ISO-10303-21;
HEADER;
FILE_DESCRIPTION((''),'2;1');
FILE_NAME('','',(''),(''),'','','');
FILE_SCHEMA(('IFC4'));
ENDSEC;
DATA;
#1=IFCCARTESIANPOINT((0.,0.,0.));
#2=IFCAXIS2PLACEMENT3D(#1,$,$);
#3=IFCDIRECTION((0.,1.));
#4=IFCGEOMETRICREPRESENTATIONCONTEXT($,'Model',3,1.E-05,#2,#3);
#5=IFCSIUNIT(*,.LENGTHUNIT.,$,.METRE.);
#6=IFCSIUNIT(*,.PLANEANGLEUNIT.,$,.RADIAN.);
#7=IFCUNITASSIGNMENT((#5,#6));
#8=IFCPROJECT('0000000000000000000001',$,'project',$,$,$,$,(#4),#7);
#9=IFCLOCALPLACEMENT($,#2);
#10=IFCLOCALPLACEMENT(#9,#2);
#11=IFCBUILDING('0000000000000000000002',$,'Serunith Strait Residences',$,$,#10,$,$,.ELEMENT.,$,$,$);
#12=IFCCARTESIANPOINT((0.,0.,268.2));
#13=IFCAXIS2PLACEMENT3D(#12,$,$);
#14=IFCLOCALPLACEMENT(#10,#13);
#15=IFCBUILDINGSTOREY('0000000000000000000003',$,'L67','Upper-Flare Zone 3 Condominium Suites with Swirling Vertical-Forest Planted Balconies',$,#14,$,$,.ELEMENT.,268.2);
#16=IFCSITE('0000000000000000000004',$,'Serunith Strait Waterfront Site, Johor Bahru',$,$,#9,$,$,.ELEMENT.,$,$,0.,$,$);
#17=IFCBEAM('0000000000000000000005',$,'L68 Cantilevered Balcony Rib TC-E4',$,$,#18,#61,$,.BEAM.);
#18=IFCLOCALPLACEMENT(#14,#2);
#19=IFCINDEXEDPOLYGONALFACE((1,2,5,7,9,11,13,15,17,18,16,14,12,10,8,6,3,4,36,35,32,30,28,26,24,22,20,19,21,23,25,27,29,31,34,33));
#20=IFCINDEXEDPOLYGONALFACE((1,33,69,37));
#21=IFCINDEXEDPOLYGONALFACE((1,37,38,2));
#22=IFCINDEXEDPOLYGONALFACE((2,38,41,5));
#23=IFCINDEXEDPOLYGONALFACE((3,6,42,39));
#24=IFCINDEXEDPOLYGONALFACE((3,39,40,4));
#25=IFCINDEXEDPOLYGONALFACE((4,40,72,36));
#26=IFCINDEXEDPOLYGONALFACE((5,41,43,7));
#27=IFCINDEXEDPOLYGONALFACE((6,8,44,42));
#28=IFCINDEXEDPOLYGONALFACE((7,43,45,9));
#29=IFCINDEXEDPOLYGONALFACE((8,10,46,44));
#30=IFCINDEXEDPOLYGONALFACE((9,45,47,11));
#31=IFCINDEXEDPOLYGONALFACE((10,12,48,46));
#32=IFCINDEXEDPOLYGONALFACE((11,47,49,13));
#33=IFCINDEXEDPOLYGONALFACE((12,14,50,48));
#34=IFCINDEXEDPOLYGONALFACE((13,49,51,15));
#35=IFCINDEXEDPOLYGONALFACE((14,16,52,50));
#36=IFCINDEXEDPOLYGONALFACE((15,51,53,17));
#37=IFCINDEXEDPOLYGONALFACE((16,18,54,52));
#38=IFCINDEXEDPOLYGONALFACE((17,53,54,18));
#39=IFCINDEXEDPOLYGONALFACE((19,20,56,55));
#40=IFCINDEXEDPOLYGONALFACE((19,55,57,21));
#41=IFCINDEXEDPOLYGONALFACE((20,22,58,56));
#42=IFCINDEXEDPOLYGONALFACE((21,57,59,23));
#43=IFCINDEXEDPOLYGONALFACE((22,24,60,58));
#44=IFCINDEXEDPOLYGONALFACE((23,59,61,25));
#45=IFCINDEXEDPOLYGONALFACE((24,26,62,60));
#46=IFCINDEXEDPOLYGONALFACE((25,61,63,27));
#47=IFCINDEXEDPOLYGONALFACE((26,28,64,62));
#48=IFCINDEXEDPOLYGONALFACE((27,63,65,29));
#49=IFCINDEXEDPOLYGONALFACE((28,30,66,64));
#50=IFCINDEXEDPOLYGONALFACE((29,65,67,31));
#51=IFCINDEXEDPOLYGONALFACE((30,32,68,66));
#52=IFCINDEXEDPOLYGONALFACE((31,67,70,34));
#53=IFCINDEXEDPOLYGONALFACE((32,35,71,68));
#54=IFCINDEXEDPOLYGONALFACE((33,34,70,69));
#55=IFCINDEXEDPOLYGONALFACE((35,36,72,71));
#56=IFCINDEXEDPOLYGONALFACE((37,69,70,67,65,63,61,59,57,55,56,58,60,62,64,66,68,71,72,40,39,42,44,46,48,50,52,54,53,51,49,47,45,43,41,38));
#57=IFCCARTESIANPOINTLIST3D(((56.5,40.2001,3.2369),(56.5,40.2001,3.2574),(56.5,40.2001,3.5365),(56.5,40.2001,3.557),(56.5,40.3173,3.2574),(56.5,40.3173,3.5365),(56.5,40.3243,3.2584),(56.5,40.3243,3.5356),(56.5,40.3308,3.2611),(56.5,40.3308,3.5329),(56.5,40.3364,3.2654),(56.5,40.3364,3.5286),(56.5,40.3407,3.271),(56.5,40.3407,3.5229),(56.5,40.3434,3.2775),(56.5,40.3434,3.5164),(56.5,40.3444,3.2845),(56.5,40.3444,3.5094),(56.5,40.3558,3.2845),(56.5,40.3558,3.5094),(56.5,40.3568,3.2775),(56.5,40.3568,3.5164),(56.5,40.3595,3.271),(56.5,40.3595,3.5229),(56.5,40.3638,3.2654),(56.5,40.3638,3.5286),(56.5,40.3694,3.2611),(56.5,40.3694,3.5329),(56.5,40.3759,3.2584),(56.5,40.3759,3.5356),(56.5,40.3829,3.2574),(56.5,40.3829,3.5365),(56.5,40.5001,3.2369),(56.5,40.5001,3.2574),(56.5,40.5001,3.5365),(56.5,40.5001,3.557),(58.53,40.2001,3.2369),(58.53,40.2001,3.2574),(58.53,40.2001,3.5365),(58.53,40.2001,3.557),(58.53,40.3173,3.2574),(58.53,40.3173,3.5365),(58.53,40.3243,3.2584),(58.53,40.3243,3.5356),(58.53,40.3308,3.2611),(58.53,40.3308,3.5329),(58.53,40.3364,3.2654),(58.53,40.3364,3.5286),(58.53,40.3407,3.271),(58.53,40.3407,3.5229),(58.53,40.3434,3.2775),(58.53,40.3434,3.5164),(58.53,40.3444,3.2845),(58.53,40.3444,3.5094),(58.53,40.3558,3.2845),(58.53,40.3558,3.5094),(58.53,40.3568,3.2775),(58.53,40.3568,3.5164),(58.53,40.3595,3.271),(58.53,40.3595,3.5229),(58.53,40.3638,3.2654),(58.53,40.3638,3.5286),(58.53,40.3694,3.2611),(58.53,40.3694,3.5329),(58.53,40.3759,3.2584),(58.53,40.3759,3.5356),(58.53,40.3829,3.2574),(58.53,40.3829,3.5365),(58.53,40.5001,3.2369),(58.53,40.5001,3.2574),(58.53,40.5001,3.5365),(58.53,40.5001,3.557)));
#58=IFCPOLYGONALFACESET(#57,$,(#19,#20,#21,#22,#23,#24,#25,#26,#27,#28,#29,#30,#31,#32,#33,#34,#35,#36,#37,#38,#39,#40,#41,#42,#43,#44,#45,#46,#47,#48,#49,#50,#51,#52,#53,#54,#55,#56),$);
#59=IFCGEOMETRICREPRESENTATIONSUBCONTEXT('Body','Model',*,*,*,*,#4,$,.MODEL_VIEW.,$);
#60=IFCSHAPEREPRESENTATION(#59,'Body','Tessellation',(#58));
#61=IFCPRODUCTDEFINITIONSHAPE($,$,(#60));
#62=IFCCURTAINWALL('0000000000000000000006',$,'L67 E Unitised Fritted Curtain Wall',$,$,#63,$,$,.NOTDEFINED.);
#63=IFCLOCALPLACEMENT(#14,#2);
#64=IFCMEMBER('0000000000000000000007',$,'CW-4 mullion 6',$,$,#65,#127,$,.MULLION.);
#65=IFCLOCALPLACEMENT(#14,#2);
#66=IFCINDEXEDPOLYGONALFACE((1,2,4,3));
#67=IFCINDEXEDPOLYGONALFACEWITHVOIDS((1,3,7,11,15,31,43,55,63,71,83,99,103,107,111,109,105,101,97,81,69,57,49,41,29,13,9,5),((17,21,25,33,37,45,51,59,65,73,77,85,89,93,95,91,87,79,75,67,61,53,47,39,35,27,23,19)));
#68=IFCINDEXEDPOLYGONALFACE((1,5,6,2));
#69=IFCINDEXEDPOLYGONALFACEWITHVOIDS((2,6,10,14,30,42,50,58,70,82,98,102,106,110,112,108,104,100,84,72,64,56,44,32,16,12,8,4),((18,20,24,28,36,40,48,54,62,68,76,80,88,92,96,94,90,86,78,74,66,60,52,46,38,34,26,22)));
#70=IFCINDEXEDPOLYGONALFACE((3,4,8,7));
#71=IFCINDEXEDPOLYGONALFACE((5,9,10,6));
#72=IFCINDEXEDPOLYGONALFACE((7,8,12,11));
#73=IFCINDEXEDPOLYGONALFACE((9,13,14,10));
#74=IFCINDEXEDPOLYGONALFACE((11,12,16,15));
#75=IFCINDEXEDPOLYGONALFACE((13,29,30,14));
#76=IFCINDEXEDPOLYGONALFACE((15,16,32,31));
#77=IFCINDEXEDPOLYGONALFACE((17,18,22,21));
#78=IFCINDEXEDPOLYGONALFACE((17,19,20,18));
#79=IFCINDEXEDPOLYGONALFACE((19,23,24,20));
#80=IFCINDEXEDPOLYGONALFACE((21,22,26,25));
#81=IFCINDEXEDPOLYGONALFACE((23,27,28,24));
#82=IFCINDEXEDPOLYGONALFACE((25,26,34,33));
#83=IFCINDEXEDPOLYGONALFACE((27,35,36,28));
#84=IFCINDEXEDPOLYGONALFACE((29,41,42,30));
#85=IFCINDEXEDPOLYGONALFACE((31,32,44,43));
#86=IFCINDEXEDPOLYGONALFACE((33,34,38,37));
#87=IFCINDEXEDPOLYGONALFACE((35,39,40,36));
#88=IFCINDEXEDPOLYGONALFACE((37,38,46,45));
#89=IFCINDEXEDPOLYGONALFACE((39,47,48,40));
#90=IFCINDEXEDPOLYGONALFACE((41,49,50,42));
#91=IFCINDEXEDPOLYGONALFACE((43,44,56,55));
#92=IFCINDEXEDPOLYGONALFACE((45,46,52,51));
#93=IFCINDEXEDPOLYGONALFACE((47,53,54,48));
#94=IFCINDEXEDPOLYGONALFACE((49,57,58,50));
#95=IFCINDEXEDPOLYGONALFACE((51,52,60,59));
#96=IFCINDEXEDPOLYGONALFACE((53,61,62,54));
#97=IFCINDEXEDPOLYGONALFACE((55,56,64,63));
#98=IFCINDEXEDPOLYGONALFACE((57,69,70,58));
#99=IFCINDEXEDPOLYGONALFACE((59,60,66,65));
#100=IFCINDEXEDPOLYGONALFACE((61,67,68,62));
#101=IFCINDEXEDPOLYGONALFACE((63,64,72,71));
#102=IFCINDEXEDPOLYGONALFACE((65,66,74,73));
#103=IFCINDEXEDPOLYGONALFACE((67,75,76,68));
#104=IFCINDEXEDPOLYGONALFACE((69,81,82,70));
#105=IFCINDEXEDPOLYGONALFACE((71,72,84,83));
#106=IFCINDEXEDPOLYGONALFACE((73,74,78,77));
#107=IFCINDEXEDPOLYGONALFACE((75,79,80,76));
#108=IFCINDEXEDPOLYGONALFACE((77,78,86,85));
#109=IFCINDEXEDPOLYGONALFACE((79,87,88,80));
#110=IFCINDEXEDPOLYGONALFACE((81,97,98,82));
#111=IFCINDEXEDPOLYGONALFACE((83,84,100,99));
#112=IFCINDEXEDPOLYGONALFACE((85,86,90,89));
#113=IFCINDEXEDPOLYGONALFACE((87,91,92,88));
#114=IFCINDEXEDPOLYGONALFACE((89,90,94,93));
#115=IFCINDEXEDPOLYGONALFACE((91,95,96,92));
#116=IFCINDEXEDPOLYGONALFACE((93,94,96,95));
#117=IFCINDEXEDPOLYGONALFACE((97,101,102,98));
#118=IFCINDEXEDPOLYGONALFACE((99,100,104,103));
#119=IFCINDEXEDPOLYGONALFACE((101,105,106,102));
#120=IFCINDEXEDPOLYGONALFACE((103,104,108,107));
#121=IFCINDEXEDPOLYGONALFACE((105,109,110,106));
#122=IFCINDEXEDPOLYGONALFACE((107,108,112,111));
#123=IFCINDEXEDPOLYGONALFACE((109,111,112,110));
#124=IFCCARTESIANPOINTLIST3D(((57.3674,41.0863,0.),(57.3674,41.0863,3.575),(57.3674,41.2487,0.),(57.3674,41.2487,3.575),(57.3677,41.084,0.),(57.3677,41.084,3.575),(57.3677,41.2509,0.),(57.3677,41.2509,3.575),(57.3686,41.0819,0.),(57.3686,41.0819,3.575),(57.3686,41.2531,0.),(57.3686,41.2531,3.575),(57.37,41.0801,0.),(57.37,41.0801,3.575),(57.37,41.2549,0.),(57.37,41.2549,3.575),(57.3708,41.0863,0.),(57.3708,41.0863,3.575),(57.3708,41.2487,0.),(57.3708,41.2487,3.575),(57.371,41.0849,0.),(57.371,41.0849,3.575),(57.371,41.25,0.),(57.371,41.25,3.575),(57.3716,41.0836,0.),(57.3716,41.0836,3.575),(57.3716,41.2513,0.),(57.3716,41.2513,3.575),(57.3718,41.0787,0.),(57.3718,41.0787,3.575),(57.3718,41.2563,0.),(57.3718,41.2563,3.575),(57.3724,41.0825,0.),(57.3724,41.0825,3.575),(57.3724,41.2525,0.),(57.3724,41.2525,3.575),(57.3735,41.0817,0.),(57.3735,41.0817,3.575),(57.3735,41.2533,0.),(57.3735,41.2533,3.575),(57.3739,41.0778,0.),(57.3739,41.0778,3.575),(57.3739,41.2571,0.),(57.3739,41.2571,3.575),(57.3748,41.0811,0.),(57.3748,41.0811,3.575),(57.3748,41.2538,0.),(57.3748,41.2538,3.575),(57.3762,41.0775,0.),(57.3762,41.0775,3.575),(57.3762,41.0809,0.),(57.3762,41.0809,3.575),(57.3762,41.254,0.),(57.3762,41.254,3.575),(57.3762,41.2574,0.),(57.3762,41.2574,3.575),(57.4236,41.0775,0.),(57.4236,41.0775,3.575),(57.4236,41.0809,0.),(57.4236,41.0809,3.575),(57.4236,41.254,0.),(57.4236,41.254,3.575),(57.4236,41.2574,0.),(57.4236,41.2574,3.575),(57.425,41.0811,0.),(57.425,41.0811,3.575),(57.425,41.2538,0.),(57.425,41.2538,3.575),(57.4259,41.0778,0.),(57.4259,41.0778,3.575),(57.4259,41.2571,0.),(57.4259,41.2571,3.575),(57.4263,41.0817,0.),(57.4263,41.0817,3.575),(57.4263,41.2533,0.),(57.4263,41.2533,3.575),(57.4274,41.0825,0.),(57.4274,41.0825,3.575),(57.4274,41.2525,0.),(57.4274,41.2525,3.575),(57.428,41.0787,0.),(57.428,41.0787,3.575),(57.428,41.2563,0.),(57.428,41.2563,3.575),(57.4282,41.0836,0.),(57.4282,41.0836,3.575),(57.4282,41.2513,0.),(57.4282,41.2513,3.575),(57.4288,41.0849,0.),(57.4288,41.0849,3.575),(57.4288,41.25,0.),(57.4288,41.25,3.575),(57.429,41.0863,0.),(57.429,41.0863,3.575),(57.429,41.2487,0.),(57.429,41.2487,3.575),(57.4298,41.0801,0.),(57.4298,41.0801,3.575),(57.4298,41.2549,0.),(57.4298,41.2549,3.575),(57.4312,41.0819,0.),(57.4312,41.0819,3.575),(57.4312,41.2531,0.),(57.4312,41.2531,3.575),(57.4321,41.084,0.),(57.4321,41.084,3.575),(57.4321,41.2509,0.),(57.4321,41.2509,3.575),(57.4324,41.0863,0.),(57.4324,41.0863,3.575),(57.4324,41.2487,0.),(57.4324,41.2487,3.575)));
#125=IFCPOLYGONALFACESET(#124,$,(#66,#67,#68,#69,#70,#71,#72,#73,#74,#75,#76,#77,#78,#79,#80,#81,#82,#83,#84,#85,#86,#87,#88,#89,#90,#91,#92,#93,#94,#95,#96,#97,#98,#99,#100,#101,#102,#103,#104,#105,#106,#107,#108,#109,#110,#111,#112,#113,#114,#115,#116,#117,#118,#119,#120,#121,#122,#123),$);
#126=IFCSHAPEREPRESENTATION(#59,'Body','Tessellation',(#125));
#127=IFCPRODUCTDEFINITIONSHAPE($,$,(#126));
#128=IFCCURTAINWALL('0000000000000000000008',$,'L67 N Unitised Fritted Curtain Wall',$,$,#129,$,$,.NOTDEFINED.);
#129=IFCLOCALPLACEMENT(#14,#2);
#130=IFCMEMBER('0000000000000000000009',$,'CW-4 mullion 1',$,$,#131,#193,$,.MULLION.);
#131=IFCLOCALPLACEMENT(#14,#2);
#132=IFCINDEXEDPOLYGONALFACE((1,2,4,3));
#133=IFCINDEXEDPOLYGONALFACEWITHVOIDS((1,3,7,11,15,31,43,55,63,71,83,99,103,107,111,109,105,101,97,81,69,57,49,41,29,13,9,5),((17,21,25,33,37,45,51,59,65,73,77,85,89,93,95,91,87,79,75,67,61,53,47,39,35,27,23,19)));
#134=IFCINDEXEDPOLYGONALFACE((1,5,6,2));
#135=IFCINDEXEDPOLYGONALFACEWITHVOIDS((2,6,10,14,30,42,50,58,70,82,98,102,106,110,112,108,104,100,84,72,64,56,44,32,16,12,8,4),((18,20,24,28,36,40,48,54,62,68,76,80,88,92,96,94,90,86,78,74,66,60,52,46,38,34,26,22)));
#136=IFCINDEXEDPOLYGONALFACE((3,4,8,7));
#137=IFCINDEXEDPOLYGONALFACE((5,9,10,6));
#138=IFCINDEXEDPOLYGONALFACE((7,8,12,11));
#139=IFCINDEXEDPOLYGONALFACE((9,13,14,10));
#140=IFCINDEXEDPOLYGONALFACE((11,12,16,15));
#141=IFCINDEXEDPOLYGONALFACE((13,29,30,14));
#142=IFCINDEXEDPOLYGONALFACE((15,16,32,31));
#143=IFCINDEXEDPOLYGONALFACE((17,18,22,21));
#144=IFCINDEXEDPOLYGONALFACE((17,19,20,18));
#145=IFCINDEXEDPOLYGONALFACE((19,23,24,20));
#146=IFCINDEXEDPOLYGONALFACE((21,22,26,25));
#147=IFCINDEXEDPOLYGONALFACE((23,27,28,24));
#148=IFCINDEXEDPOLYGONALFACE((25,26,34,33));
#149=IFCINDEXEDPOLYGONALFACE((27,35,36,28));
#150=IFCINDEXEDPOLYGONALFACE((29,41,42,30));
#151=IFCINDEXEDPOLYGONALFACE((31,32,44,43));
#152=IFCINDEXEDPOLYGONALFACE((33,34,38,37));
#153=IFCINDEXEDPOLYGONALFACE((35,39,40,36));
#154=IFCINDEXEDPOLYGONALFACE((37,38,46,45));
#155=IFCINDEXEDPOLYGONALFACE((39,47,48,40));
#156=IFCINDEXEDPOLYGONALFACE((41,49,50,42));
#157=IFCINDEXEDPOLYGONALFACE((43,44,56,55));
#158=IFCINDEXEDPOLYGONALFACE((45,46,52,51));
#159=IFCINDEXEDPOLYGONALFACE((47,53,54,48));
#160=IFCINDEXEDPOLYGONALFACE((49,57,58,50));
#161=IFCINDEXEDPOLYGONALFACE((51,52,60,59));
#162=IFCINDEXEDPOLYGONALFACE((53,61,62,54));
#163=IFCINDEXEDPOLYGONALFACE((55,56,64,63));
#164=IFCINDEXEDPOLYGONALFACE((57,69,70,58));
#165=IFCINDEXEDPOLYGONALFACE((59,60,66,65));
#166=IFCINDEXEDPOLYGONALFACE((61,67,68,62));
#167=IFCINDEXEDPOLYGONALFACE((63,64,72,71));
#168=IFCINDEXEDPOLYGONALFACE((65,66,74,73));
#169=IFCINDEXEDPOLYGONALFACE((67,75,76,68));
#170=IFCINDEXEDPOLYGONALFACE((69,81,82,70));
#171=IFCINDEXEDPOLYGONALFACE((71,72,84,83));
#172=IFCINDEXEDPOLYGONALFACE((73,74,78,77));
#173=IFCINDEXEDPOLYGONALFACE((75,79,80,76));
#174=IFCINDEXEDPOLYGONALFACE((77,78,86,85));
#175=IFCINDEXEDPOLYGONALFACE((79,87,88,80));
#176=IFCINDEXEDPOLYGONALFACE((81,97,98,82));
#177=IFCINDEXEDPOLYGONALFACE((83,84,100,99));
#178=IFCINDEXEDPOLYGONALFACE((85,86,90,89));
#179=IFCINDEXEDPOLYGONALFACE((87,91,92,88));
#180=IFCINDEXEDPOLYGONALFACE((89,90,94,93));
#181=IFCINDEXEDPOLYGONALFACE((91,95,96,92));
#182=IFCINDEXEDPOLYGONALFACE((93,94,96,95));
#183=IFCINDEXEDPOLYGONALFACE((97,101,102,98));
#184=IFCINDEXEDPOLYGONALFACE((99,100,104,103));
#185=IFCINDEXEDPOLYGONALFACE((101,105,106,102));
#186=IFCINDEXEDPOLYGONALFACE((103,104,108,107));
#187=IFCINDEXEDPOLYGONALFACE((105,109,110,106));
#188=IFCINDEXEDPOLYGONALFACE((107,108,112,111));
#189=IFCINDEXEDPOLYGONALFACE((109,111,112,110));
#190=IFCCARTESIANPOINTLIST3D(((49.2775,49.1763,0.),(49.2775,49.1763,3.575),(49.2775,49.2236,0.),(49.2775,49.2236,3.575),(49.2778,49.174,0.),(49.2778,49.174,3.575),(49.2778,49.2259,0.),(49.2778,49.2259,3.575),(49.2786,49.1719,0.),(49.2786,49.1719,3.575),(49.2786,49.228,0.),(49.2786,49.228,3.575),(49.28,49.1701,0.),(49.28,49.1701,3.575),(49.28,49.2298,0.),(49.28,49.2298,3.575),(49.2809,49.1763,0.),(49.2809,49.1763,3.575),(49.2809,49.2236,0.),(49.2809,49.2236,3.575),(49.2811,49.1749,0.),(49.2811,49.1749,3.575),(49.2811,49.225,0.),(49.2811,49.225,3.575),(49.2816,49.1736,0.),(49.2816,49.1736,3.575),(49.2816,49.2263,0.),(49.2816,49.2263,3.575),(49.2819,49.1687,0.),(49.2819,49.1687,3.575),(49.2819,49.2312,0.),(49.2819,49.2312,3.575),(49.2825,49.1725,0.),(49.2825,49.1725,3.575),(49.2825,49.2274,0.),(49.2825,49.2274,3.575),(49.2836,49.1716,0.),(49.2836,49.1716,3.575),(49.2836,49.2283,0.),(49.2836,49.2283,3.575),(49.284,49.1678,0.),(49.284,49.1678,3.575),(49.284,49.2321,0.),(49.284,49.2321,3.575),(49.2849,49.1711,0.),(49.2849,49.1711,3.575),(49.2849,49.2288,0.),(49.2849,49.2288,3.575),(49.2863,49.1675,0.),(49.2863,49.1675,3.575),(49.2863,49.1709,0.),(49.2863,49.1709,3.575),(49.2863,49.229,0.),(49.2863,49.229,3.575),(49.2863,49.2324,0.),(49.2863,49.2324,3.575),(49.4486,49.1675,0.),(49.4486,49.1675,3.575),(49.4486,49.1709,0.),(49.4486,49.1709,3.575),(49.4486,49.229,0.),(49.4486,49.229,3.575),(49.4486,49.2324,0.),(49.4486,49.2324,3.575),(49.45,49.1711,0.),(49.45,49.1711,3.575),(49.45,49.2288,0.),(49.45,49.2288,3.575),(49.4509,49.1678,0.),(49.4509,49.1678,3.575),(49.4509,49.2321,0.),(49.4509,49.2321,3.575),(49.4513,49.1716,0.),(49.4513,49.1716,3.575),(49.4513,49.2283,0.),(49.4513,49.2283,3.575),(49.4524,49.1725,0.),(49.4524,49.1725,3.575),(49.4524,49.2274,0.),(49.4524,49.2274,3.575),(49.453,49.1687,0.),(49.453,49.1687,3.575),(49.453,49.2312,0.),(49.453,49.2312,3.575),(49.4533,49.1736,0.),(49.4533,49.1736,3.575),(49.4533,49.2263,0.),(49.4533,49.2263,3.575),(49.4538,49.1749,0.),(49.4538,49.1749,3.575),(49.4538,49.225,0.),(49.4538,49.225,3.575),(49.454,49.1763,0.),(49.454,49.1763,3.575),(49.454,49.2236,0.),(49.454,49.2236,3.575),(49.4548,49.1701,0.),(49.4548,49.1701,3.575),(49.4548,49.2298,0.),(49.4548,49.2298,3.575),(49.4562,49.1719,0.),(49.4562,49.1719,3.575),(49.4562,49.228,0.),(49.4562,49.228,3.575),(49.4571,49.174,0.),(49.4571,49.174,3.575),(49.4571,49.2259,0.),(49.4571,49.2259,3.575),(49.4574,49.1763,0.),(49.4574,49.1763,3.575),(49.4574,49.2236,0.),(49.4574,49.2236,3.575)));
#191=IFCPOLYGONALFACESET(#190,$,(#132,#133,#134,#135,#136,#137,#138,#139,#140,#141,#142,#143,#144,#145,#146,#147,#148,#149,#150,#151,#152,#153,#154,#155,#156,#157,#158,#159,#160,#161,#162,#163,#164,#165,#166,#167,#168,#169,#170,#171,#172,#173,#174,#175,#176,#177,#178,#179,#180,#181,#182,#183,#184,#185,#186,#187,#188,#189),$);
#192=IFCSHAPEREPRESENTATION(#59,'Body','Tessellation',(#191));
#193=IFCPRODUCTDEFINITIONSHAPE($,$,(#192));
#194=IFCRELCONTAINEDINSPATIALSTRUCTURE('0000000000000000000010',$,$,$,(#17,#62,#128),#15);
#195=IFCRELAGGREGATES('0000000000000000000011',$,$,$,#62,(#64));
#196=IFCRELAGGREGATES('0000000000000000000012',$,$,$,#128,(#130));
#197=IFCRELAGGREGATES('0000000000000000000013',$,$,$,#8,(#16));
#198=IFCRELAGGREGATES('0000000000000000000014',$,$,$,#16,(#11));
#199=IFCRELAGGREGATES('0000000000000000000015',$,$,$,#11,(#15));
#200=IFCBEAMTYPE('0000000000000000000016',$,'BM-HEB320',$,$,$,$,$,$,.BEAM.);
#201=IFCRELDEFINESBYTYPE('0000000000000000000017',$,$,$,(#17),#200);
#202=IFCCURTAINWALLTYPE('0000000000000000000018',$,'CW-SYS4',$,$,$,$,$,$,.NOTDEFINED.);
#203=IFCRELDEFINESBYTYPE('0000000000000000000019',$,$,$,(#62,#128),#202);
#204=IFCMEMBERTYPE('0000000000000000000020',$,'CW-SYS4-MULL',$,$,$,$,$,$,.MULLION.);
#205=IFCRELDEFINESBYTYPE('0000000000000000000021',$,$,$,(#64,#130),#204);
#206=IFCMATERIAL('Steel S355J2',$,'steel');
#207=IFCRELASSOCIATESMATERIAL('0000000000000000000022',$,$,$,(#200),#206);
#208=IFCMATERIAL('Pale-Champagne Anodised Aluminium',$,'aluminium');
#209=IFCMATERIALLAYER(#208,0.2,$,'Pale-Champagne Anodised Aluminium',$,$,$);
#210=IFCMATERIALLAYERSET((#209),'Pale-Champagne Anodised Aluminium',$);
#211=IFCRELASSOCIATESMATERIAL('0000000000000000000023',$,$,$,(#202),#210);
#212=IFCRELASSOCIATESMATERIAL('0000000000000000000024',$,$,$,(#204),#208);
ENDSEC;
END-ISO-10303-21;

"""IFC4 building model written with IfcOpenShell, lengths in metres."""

from ifc_helpers import new_model, si_unit, direction, frame, origin, origin_2d, place, context, subcontext, project, spatial, hollow_rectangle, i_section, extrude, source, transform, mapped, material, layer, layer_set, material_profile, profile_set, type_object, element, aggregate, save


model = new_model("IFC4")

# Units and contexts
model_context = context("Model", 3, precision=1e-05, world=origin(), true_north=direction((0.0, 1.0)))
body_context = subcontext(model_context, "Body", "Model", "MODEL_VIEW")
ifc_project = project(units=[si_unit("LENGTHUNIT", "METRE"), si_unit("PLANEANGLEUNIT", "RADIAN")], contexts=[model_context])

# Site, building, storey
site_placement = place(None, origin())
site = spatial("IfcSite", under=ifc_project, at=site_placement, Name="Serunith Strait Waterfront Site, Johor Bahru", CompositionType="ELEMENT", RefElevation=0.0)
building_placement = place(site_placement, origin())
building = spatial("IfcBuilding", under=site, at=building_placement, Name="Serunith Strait Residences", CompositionType="ELEMENT")
storey_placement = place(building_placement, frame((0.0, 0.0, 268.2)))
storey = spatial("IfcBuildingStorey", under=building, at=storey_placement, Name="L67", Description="Upper-Flare Zone 3 Condominium Suites with Swirling Vertical-Forest Planted Balconies", CompositionType="ELEMENT", Elevation=268.2)

# Beam
ifc_material_1 = material(Name="Steel S355J2", Category="steel")
ifc_material_profile_1 = material_profile(ifc_material_1, i_section(OverallWidth=0.3, OverallDepth=0.3201, WebThickness=0.0115, FlangeThickness=0.0205, FilletRadius=0.0271, at=origin_2d()), Name="HEB 320")
ifc_profile_set_1 = profile_set([ifc_material_profile_1], Name="Steel S355J2")
beam_type_1 = type_object("IfcBeamType", Name="BM-HEB320", PredefinedType="BEAM", material=ifc_profile_set_1)
shared_shape_1 = source(origin(), body_context, "Body", "SweptSolid", [
    extrude(i_section(OverallWidth=0.3, OverallDepth=0.3201, WebThickness=0.0115, FlangeThickness=0.0205, FilletRadius=0.0271, at=origin_2d()), origin(), (0.0, 0.0, 1.0), 2.03),
])
for number, where, z_axis, x_axis, name in (
    (1, (56.5, 40.3501, 3.397), (1.0, 0.0, 0.0), (0.0, 1.0, 0.0), "L68 Cantilevered Balcony Rib TC-E4"),
):
    element("IfcBeam", number, at=place(storey_placement, frame(where, z_axis=z_axis, x_axis=x_axis)), inside=storey, type_object=beam_type_1, Name=name, PredefinedType="BEAM", context=body_context, shape_type="MappedRepresentation", body=[
        mapped(shared_shape_1, transform((0.0, 0.0, 0.0), scale=1.0)),
    ])

# Curtain wall, member
ifc_material_2 = material(Name="Pale-Champagne Anodised Aluminium", Category="aluminium")
ifc_layer_1 = layer(ifc_material_2, 0.2, Name="Pale-Champagne Anodised Aluminium")
ifc_layer_set_1 = layer_set([ifc_layer_1], Name="Pale-Champagne Anodised Aluminium")
curtain_wall_type = type_object("IfcCurtainWallType", Name="CW-SYS4", PredefinedType="NOTDEFINED", material=ifc_layer_set_1)
curtain_wall_1_placement = place(storey_placement, origin())
curtain_wall_1 = element("IfcCurtainWall", 2, at=curtain_wall_1_placement, inside=storey, type_object=curtain_wall_type, Name="L67 E Unitised Fritted Curtain Wall", PredefinedType="NOTDEFINED")
ifc_material_profile_2 = material_profile(ifc_material_2, hollow_rectangle(XDim=0.0649, YDim=0.1799, WallThickness=0.0034, InnerFilletRadius=0.0054, OuterFilletRadius=0.0088, at=origin_2d()), Name="ALU 180x65x3.5")
ifc_profile_set_2 = profile_set([ifc_material_profile_2], Name="Pale-Champagne Anodised Aluminium")
member_type_1 = type_object("IfcMemberType", Name="CW-SYS4-MULL", PredefinedType="MULLION", material=ifc_profile_set_2)
shared_shape_2 = source(origin(), body_context, "Body", "SweptSolid", [
    extrude(hollow_rectangle(XDim=0.0649, YDim=0.1799, WallThickness=0.0034, InnerFilletRadius=0.0054, OuterFilletRadius=0.0088, at=origin_2d()), origin(), (0.0, 0.0, 1.0), 3.575),
])
member_1_placement = place(storey_placement, frame((57.3999, 41.1675, 0.0), z_axis=(0.0, 0.0, 1.0), x_axis=(-1.0, 0.0, 0.0)))
member_1 = element("IfcMember", 3, at=member_1_placement, type_object=member_type_1, Name="CW-4 mullion 6", PredefinedType="MULLION", context=body_context, shape_type="MappedRepresentation", body=[
    mapped(shared_shape_2, transform((0.0, 0.0, 0.0), scale=1.0)),
])

# Curtain wall, member
curtain_wall_2_placement = place(storey_placement, origin())
curtain_wall_2 = element("IfcCurtainWall", 4, at=curtain_wall_2_placement, inside=storey, type_object=curtain_wall_type, Name="L67 N Unitised Fritted Curtain Wall", PredefinedType="NOTDEFINED")
member_2_placement = place(storey_placement, frame((49.3674, 49.2, 0.0), z_axis=(0.0, 0.0, 1.0), x_axis=(0.0, -1.0, 0.0)))
member_2 = element("IfcMember", 5, at=member_2_placement, type_object=member_type_1, Name="CW-4 mullion 1", PredefinedType="MULLION", context=body_context, shape_type="MappedRepresentation", body=[
    mapped(shared_shape_2, transform((0.0, 0.0, 0.0), scale=1.0)),
])

aggregate(curtain_wall_1, [member_1])
aggregate(curtain_wall_2, [member_2])

save(model, "model.ifc")
